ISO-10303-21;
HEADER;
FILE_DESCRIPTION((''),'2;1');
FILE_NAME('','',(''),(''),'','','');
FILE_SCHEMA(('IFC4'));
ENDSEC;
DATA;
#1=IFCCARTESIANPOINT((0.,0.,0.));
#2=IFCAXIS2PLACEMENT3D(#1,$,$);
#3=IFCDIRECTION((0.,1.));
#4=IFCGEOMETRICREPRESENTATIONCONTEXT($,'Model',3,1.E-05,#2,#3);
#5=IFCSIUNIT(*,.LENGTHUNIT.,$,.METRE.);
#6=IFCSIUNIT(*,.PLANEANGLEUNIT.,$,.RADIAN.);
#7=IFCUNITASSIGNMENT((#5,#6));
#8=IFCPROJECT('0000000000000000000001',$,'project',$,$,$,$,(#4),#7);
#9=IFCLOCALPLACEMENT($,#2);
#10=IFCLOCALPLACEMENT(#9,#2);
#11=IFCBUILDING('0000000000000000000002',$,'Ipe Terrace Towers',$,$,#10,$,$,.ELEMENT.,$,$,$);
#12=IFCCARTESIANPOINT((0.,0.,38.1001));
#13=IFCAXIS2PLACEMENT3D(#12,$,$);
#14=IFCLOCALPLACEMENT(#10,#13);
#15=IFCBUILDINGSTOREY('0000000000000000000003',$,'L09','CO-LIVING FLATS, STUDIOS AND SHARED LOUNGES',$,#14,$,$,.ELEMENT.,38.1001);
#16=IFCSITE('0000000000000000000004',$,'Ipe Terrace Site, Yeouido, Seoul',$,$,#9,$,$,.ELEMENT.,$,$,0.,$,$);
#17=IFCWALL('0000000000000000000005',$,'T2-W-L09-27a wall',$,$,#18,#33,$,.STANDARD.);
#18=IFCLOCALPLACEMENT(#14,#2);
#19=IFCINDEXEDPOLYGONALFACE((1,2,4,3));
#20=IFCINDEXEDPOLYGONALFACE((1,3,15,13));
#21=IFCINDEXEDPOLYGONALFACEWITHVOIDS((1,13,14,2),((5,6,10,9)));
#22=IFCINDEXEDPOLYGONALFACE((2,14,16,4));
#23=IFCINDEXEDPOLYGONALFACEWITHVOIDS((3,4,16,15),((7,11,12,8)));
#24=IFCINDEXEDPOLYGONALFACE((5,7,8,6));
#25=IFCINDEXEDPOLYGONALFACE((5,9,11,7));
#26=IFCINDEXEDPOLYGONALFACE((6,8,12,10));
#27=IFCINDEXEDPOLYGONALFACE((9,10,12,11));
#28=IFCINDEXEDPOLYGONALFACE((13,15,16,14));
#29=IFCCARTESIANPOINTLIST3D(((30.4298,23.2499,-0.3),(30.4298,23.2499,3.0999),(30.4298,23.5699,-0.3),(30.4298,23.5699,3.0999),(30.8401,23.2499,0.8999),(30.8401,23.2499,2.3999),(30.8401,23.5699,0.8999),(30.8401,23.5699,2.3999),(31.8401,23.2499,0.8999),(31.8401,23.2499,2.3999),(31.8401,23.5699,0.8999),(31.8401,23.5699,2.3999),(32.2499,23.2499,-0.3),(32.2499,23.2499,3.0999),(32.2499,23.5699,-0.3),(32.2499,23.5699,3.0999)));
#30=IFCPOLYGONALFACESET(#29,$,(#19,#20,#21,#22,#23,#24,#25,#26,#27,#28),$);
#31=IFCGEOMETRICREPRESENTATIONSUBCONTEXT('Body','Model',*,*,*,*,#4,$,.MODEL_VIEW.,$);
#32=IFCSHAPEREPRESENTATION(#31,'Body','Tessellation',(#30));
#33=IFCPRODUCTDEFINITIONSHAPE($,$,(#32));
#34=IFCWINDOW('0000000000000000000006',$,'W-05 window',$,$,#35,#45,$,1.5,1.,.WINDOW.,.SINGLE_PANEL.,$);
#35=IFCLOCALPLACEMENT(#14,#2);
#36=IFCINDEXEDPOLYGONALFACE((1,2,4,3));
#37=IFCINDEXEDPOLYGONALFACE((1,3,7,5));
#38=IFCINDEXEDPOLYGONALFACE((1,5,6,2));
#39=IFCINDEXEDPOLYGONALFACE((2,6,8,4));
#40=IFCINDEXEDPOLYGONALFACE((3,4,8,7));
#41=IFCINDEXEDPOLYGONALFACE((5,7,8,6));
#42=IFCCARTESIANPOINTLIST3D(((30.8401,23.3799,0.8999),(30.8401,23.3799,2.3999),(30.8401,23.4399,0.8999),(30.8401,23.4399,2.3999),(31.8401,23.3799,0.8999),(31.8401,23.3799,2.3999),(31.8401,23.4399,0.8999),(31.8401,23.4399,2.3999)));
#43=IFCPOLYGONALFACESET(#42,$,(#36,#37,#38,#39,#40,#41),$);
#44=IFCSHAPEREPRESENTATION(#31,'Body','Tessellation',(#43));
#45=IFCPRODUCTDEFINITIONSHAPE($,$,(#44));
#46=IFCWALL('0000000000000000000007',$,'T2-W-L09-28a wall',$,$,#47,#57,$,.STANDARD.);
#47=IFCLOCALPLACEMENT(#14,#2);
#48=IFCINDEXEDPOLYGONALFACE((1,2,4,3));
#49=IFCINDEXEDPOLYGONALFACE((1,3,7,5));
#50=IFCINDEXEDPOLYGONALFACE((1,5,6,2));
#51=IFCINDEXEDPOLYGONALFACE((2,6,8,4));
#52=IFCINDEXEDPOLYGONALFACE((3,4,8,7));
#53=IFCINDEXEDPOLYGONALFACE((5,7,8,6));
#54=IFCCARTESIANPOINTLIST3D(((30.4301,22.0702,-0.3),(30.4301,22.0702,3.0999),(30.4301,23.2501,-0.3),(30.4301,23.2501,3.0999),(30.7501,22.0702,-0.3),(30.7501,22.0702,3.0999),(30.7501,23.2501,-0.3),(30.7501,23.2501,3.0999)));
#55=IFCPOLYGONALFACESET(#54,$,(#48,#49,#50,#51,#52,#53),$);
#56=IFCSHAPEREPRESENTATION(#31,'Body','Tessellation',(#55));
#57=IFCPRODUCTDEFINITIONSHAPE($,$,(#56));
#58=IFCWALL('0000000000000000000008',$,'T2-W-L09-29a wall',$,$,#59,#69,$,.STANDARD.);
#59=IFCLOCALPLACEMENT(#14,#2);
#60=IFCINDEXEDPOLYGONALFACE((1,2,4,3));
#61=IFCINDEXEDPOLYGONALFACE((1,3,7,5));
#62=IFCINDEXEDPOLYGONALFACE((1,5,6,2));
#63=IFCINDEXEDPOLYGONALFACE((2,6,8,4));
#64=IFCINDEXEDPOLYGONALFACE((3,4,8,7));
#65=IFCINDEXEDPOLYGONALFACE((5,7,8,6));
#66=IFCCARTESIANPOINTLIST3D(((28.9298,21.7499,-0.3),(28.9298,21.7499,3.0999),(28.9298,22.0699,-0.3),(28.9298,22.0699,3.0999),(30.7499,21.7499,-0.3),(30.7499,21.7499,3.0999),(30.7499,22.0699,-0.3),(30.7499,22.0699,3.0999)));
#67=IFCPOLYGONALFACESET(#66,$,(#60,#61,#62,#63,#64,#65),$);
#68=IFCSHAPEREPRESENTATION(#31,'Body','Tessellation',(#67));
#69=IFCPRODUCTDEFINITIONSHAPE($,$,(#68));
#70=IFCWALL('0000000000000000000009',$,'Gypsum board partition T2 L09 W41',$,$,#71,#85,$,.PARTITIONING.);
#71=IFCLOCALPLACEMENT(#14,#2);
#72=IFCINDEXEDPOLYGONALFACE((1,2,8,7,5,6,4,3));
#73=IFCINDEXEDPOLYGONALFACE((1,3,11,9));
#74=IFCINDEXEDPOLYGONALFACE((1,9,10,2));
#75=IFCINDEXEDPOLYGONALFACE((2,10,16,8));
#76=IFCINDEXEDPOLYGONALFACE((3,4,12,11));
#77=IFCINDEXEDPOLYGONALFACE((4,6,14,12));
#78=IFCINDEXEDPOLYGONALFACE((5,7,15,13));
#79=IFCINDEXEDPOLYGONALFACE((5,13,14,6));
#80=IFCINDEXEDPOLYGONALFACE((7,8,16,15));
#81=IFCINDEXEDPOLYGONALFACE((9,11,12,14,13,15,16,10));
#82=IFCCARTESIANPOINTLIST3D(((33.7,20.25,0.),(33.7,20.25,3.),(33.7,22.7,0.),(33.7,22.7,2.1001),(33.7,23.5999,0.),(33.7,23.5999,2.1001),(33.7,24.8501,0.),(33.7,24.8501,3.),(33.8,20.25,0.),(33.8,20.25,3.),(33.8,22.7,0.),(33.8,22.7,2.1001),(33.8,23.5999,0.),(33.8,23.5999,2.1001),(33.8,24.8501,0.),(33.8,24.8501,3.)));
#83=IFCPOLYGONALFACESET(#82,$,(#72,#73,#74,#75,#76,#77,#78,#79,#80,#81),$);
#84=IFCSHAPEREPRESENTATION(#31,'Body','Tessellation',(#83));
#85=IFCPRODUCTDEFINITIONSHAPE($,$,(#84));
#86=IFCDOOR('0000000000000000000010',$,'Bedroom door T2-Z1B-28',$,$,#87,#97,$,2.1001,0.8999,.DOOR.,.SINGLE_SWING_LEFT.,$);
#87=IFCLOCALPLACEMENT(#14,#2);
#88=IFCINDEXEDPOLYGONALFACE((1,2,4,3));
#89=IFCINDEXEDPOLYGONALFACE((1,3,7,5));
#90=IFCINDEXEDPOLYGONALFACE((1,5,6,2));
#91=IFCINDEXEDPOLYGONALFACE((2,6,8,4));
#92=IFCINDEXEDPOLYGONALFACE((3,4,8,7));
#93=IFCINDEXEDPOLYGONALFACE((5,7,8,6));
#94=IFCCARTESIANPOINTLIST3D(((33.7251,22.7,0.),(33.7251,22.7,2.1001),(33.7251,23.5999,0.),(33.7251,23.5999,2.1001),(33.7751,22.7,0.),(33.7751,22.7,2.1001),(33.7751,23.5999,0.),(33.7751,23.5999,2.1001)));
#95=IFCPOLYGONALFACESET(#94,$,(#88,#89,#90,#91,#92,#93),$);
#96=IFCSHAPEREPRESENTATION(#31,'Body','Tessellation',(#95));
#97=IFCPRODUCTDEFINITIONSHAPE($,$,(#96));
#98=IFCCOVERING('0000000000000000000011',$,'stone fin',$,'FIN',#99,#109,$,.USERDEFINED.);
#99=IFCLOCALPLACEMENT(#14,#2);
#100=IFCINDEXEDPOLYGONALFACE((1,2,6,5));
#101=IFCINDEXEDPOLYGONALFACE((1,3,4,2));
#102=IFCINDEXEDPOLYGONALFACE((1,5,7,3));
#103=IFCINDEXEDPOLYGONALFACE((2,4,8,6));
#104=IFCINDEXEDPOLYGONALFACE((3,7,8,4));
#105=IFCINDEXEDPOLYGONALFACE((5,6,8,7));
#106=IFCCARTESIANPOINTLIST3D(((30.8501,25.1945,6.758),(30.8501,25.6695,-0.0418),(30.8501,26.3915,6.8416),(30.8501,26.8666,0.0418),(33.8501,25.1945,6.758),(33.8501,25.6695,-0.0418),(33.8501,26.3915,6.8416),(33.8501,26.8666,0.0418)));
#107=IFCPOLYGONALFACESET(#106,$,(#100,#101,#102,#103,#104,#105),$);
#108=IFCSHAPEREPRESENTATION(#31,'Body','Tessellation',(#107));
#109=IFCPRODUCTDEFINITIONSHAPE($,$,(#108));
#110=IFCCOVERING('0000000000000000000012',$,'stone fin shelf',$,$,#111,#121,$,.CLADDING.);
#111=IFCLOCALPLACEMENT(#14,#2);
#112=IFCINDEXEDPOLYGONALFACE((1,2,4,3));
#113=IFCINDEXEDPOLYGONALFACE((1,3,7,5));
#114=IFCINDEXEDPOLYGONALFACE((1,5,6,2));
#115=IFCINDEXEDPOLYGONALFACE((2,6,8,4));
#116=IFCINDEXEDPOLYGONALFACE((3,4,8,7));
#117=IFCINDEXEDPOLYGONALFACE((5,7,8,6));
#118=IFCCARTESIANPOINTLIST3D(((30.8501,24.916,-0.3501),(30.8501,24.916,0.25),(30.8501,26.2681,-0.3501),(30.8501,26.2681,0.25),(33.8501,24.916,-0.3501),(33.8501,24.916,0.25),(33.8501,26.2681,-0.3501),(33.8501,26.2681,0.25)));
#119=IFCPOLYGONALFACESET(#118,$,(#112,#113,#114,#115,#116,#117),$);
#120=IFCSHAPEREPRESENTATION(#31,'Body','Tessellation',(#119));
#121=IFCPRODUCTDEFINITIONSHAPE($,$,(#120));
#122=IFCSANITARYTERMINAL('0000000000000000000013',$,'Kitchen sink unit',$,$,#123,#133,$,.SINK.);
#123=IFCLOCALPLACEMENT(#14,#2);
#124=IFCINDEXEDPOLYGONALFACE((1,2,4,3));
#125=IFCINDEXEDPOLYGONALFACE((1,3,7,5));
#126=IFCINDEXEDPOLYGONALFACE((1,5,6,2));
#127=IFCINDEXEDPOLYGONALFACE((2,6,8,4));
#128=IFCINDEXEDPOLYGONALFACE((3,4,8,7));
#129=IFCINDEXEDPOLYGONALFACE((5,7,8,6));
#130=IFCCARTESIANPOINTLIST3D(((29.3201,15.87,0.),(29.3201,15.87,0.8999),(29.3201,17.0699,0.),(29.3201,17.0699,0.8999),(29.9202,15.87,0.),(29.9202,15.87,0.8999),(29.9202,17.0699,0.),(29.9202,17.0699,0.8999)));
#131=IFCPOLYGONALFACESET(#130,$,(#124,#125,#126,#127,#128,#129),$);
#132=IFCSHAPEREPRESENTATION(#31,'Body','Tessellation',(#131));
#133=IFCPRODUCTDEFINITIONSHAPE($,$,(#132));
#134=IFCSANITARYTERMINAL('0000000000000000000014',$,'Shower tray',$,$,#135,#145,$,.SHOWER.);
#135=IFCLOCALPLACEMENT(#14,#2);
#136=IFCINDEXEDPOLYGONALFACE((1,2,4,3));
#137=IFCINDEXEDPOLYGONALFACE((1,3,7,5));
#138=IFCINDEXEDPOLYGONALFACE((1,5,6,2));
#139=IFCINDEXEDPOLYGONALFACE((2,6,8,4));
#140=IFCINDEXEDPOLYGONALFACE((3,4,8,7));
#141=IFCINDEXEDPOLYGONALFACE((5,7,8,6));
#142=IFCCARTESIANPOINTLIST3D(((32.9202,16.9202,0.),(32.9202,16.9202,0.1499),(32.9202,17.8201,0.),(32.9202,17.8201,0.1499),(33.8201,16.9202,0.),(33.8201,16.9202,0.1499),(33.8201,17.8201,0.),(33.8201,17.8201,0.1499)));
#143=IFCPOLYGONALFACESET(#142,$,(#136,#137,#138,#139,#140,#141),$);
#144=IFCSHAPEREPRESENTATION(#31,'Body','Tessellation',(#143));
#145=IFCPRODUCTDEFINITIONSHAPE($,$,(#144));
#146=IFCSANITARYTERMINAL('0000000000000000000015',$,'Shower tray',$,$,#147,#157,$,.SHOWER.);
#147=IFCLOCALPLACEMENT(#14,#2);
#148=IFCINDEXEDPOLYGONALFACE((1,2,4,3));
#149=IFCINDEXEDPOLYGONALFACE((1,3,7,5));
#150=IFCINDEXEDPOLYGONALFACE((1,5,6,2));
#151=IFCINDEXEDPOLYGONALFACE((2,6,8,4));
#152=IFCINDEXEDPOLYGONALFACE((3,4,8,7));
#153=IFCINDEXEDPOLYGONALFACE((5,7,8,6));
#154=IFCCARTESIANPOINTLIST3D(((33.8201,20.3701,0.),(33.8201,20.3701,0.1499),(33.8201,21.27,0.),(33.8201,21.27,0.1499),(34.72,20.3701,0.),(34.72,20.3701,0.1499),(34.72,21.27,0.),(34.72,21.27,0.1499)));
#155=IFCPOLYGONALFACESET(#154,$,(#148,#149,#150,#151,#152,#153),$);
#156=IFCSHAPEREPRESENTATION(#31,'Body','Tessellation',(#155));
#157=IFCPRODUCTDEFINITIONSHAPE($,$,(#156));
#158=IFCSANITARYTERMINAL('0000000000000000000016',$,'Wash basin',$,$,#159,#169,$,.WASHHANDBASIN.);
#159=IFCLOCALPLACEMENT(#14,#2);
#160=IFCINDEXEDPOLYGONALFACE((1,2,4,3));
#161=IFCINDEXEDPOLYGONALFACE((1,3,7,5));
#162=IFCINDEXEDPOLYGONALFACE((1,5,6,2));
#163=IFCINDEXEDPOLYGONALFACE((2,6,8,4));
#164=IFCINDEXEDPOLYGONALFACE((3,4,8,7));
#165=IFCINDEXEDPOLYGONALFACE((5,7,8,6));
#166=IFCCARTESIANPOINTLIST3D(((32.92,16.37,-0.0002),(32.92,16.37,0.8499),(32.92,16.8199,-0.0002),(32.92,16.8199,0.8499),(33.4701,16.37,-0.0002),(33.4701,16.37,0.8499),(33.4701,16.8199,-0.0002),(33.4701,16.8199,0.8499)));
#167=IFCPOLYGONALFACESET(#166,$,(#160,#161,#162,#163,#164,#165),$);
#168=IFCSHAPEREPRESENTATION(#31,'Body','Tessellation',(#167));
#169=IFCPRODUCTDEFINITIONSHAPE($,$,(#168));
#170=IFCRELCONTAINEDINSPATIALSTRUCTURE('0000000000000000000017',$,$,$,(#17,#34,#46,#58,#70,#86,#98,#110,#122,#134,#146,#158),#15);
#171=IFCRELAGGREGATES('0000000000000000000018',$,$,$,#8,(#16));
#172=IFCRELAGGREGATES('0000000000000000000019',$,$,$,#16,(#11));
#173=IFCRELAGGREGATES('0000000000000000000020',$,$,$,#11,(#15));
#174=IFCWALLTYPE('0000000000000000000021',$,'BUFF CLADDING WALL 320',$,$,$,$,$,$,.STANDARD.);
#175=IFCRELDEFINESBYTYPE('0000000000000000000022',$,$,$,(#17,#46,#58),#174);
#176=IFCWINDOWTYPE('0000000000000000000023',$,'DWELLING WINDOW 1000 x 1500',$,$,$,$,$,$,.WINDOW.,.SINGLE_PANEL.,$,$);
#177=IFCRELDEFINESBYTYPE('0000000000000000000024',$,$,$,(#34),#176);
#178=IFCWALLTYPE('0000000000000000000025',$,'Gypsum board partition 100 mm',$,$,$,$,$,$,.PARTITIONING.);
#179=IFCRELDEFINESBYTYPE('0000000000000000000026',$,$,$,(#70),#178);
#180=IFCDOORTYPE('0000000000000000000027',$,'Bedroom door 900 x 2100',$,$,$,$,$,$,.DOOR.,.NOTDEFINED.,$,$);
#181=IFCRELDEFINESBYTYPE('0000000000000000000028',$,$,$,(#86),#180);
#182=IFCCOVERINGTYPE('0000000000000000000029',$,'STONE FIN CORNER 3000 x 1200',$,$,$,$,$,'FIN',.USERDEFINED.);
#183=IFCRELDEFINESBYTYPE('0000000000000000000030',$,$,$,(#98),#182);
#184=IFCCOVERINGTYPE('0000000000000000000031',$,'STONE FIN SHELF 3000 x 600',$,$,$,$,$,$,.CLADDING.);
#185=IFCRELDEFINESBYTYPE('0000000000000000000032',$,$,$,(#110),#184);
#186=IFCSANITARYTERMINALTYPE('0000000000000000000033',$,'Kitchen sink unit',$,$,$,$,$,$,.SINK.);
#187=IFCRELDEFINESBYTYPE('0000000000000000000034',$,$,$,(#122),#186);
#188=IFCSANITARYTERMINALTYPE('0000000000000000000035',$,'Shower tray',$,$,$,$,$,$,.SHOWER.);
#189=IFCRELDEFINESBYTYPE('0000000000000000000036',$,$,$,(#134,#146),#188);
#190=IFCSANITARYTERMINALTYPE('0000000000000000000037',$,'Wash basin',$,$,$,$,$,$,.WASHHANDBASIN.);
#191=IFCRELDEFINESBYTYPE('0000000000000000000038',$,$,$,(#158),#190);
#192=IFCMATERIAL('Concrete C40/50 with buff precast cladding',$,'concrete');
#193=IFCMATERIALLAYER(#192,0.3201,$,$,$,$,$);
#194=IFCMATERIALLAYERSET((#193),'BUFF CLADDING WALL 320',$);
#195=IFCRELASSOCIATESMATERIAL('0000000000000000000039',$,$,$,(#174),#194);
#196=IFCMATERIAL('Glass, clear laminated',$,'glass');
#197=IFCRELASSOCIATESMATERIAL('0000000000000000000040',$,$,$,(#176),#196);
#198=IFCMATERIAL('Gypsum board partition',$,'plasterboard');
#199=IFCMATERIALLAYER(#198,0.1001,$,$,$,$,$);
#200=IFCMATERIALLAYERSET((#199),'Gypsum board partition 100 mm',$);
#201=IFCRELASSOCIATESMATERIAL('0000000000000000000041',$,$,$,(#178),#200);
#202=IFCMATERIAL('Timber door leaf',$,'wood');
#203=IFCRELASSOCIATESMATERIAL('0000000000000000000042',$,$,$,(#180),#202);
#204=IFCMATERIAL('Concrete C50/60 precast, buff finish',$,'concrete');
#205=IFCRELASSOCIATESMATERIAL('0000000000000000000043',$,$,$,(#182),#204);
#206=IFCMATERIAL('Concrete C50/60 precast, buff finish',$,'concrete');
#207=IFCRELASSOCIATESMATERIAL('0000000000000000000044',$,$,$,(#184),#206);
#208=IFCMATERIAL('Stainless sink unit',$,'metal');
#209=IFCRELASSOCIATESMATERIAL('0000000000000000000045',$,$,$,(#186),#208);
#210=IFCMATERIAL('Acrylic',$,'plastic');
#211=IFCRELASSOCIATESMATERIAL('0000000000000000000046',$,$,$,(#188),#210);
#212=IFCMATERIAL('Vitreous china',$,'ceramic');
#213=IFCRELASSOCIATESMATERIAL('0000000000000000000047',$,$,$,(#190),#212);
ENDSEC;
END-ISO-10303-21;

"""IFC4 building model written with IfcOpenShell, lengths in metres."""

from ifc_helpers import new_model, si_unit, direction, frame, frame_2d, origin, origin_2d, place, context, subcontext, project, spatial, rectangle, extrude, material, layer, layer_set, material_profile, profile_set, type_object, element, fill, save


model = new_model("IFC4")

# Units and contexts
model_context = context("Model", 3, precision=1e-05, world=origin(), true_north=direction((0.0, 1.0)))
body_context = subcontext(model_context, "Body", "Model", "MODEL_VIEW")
ifc_project = project(units=[si_unit("LENGTHUNIT", "METRE"), si_unit("PLANEANGLEUNIT", "RADIAN")], contexts=[model_context])

# Site, building, storey
site_placement = place(None, origin())
site = spatial("IfcSite", under=ifc_project, at=site_placement, Name="Ipe Terrace Site, Yeouido, Seoul", CompositionType="ELEMENT", RefElevation=0.0)
building_placement = place(site_placement, origin())
building = spatial("IfcBuilding", under=site, at=building_placement, Name="Ipe Terrace Towers", CompositionType="ELEMENT")
storey_placement = place(building_placement, frame((0.0, 0.0, 38.1001)))
storey = spatial("IfcBuildingStorey", under=building, at=storey_placement, Name="L09", Description="CO-LIVING FLATS, STUDIOS AND SHARED LOUNGES", CompositionType="ELEMENT", Elevation=38.1001)

# Shared definitions
ifc_material_1 = material(Name="Concrete C40/50 with buff precast cladding", Category="concrete")
ifc_layer_1 = layer(ifc_material_1, 0.3201)
ifc_layer_set_1 = layer_set([ifc_layer_1], Name="BUFF CLADDING WALL 320")
wall_type_1 = type_object("IfcWallType", Name="BUFF CLADDING WALL 320", PredefinedType="STANDARD", material=ifc_layer_set_1)

# Wall, opening, window
wall_1_placement = place(storey_placement, frame((32.25, 23.4099, -0.3), z_axis=(0.0, 0.0, 1.0), x_axis=(-1.0, 0.0, 0.0)))
wall_1 = element("IfcWall", 1, at=wall_1_placement, inside=storey, type_object=wall_type_1, Name="T2-W-L09-27a wall", PredefinedType="STANDARD", context=body_context, shape_type="SweptSolid", body=[
    extrude(rectangle(XDim=1.8201, YDim=0.3201, at=frame_2d((0.9102, 0.0))), origin(), (0.0, 0.0, 1.0), 3.3999),
])
opening_1_placement = place(wall_1_placement, frame((0.4099, 0.0, 1.2)))
opening_1 = element("IfcOpeningElement", 2, at=opening_1_placement, cuts=wall_1, PredefinedType="OPENING", context=body_context, shape_type="SweptSolid", body=[
    extrude(rectangle(XDim=1.0, YDim=1.5, at=frame_2d((0.5, 0.75))), frame((0.0, 0.1699, 0.0), z_axis=(0.0, -1.0, 0.0), x_axis=(1.0, 0.0, 0.0)), (0.0, 0.0, 1.0), 0.3401),
])
ifc_material_2 = material(Name="Glass, clear laminated", Category="glass")
window_type = type_object("IfcWindowType", Name="DWELLING WINDOW 1000 x 1500", PartitioningType="SINGLE_PANEL", PredefinedType="WINDOW", material=ifc_material_2)
window_placement = place(opening_1_placement, origin())
window = element("IfcWindow", 3, at=window_placement, inside=storey, type_object=window_type, Name="W-05 window", OverallHeight=1.5, OverallWidth=1.0, PartitioningType="SINGLE_PANEL", PredefinedType="WINDOW", context=body_context, shape_type="SweptSolid", body=[
    extrude(rectangle(XDim=1.0, YDim=1.5, at=frame_2d((0.5, 0.75))), frame((0.0, 0.03, 0.0), z_axis=(0.0, -1.0, 0.0), x_axis=(1.0, 0.0, 0.0)), (0.0, 0.0, 1.0), 0.0601),
])
fill(opening_1, window)

# Walls
wall_2_placement = place(storey_placement, frame((30.5901, 23.25, -0.3), z_axis=(0.0, 0.0, 1.0), x_axis=(0.0, -1.0, 0.0)))
element("IfcWall", 4, at=wall_2_placement, inside=storey, type_object=wall_type_1, Name="T2-W-L09-28a wall", PredefinedType="STANDARD", context=body_context, shape_type="SweptSolid", body=[
    extrude(rectangle(XDim=1.1799, YDim=0.3201, at=frame_2d((0.5898, 0.0))), origin(), (0.0, 0.0, 1.0), 3.3999),
])
wall_3_placement = place(storey_placement, frame((30.75, 21.9099, -0.3), z_axis=(0.0, 0.0, 1.0), x_axis=(-1.0, 0.0, 0.0)))
element("IfcWall", 5, at=wall_3_placement, inside=storey, type_object=wall_type_1, Name="T2-W-L09-29a wall", PredefinedType="STANDARD", context=body_context, shape_type="SweptSolid", body=[
    extrude(rectangle(XDim=1.8201, YDim=0.3201, at=frame_2d((0.9102, 0.0))), origin(), (0.0, 0.0, 1.0), 3.3999),
])

# Wall, opening, door
ifc_material_3 = material(Name="Gypsum board partition", Category="plasterboard")
ifc_layer_2 = layer(ifc_material_3, 0.1001)
ifc_layer_set_2 = layer_set([ifc_layer_2], Name="Gypsum board partition 100 mm")
wall_type_2 = type_object("IfcWallType", Name="Gypsum board partition 100 mm", PredefinedType="PARTITIONING", material=ifc_layer_set_2)
wall_4_placement = place(storey_placement, frame((33.75, 20.25, 0.0), z_axis=(0.0, 0.0, 1.0), x_axis=(0.0, 1.0, 0.0)))
wall_4 = element("IfcWall", 6, at=wall_4_placement, inside=storey, type_object=wall_type_2, Name="Gypsum board partition T2 L09 W41", PredefinedType="PARTITIONING", context=body_context, shape_type="SweptSolid", body=[
    extrude(rectangle(XDim=4.6001, YDim=0.1001, at=frame_2d((2.3, 0.0))), origin(), (0.0, 0.0, 1.0), 3.0),
])
opening_2_placement = place(wall_4_placement, frame((2.45, 0.0, 0.0)))
opening_2 = element("IfcOpeningElement", 7, at=opening_2_placement, cuts=wall_4, PredefinedType="OPENING", context=body_context, shape_type="SweptSolid", body=[
    extrude(rectangle(XDim=0.8999, YDim=2.1001, at=frame_2d((0.45, 1.05))), frame((0.0, 0.0601, 0.0), z_axis=(0.0, -1.0, 0.0), x_axis=(1.0, 0.0, 0.0)), (0.0, 0.0, 1.0), 0.1201),
])
ifc_material_4 = material(Name="Timber door leaf", Category="wood")
door_type = type_object("IfcDoorType", Name="Bedroom door 900 x 2100", OperationType="NOTDEFINED", PredefinedType="DOOR", material=ifc_material_4)
door_placement = place(opening_2_placement, origin())
door = element("IfcDoor", 8, at=door_placement, inside=storey, type_object=door_type, Name="Bedroom door T2-Z1B-28", OperationType="SINGLE_SWING_LEFT", OverallHeight=2.1001, OverallWidth=0.8999, PredefinedType="DOOR", context=body_context, shape_type="SweptSolid", body=[
    extrude(rectangle(XDim=0.8999, YDim=2.1001, at=frame_2d((0.45, 1.05))), frame((0.0, 0.0249, 0.0), z_axis=(0.0, -1.0, 0.0), x_axis=(1.0, 0.0, 0.0)), (0.0, 0.0, 1.0), 0.05),
])
fill(opening_2, door)

# Coverings
ifc_material_5 = material(Name="Concrete C50/60 precast, buff finish", Category="concrete")
ifc_material_profile_1 = material_profile(ifc_material_5, rectangle(XDim=3.0, YDim=1.2, at=origin_2d()), Name="STONE FIN CORNER 3000 x 1200")
ifc_profile_set_1 = profile_set([ifc_material_profile_1], Name="Concrete C50/60 precast, buff finish")
covering_type_1 = type_object("IfcCoveringType", Name="STONE FIN CORNER 3000 x 1200", ElementType="FIN", PredefinedType="USERDEFINED", material=ifc_profile_set_1)
covering_1_placement = place(storey_placement, frame((32.3501, 26.2681, 0.0), z_axis=(0.0, -0.069699, 0.997568), x_axis=(-1.0, 0.0, 0.0)))
element("IfcCovering", 9, at=covering_1_placement, inside=storey, type_object=covering_type_1, Name="stone fin", ObjectType="FIN", PredefinedType="USERDEFINED", context=body_context, shape_type="SweptSolid", body=[
    extrude(rectangle(XDim=3.0, YDim=1.2, at=origin_2d()), origin(), (0.0, 0.0, 1.0), 6.8164),
])
ifc_material_6 = material(Name="Concrete C50/60 precast, buff finish", Category="concrete")
covering_type_2 = type_object("IfcCoveringType", Name="STONE FIN SHELF 3000 x 600", PredefinedType="CLADDING", material=ifc_material_6)
covering_2_placement = place(storey_placement, frame((32.3501, 25.592, -0.3501), z_axis=(0.0, 0.0, 1.0), x_axis=(-1.0, 0.0, 0.0)))
element("IfcCovering", 10, at=covering_2_placement, inside=storey, type_object=covering_type_2, Name="stone fin shelf", PredefinedType="CLADDING", context=body_context, shape_type="SweptSolid", body=[
    extrude(rectangle(XDim=3.0, YDim=1.3521, at=origin_2d()), origin(), (0.0, 0.0, 1.0), 0.6001),
])

# Sanitary terminals
ifc_material_7 = material(Name="Stainless sink unit", Category="metal")
sanitary_terminal_type_1 = type_object("IfcSanitaryTerminalType", Name="Kitchen sink unit", PredefinedType="SINK", material=ifc_material_7)
sanitary_terminal_1_placement = place(storey_placement, frame((29.6201, 16.47, 0.0), z_axis=(0.0, 0.0, 1.0), x_axis=(0.0, 1.0, 0.0)))
element("IfcSanitaryTerminal", 11, at=sanitary_terminal_1_placement, inside=storey, type_object=sanitary_terminal_type_1, Name="Kitchen sink unit", PredefinedType="SINK", context=body_context, shape_type="SweptSolid", body=[
    extrude(rectangle(XDim=1.2, YDim=0.6001, at=origin_2d()), origin(), (0.0, 0.0, 1.0), 0.8999),
])
ifc_material_8 = material(Name="Acrylic", Category="plastic")
sanitary_terminal_type_2 = type_object("IfcSanitaryTerminalType", Name="Shower tray", PredefinedType="SHOWER", material=ifc_material_8)
for number, where, z_axis, x_axis, name in (
    (12, (33.3701, 17.3701, 0.0), (0.0, 0.0, 1.0), (1.0, 0.0, 0.0), "Shower tray"),
    (13, (34.27, 20.8201, 0.0), (0.0, 0.0, 1.0), (1.0, 0.0, 0.0), "Shower tray"),
):
    element("IfcSanitaryTerminal", number, at=place(storey_placement, frame(where, z_axis=z_axis, x_axis=x_axis)), inside=storey, type_object=sanitary_terminal_type_2, Name=name, PredefinedType="SHOWER", context=body_context, shape_type="SweptSolid", body=[
        extrude(rectangle(XDim=0.8999, YDim=0.8999, at=origin_2d()), origin(), (0.0, 0.0, 1.0), 0.1499),
    ])
ifc_material_9 = material(Name="Vitreous china", Category="ceramic")
sanitary_terminal_type_3 = type_object("IfcSanitaryTerminalType", Name="Wash basin", PredefinedType="WASHHANDBASIN", material=ifc_material_9)
for number, where, z_axis, x_axis, name in (
    (14, (33.1951, 16.595, -0.0002), (0.0, 0.0, 1.0), (1.0, 0.0, 0.0), "Wash basin"),
):
    element("IfcSanitaryTerminal", number, at=place(storey_placement, frame(where, z_axis=z_axis, x_axis=x_axis)), inside=storey, type_object=sanitary_terminal_type_3, Name=name, PredefinedType="WASHHANDBASIN", context=body_context, shape_type="SweptSolid", body=[
        extrude(rectangle(XDim=0.55, YDim=0.45, at=origin_2d()), origin(), (0.0, 0.0, 1.0), 0.8501),
    ])

save(model, "model.ifc")
